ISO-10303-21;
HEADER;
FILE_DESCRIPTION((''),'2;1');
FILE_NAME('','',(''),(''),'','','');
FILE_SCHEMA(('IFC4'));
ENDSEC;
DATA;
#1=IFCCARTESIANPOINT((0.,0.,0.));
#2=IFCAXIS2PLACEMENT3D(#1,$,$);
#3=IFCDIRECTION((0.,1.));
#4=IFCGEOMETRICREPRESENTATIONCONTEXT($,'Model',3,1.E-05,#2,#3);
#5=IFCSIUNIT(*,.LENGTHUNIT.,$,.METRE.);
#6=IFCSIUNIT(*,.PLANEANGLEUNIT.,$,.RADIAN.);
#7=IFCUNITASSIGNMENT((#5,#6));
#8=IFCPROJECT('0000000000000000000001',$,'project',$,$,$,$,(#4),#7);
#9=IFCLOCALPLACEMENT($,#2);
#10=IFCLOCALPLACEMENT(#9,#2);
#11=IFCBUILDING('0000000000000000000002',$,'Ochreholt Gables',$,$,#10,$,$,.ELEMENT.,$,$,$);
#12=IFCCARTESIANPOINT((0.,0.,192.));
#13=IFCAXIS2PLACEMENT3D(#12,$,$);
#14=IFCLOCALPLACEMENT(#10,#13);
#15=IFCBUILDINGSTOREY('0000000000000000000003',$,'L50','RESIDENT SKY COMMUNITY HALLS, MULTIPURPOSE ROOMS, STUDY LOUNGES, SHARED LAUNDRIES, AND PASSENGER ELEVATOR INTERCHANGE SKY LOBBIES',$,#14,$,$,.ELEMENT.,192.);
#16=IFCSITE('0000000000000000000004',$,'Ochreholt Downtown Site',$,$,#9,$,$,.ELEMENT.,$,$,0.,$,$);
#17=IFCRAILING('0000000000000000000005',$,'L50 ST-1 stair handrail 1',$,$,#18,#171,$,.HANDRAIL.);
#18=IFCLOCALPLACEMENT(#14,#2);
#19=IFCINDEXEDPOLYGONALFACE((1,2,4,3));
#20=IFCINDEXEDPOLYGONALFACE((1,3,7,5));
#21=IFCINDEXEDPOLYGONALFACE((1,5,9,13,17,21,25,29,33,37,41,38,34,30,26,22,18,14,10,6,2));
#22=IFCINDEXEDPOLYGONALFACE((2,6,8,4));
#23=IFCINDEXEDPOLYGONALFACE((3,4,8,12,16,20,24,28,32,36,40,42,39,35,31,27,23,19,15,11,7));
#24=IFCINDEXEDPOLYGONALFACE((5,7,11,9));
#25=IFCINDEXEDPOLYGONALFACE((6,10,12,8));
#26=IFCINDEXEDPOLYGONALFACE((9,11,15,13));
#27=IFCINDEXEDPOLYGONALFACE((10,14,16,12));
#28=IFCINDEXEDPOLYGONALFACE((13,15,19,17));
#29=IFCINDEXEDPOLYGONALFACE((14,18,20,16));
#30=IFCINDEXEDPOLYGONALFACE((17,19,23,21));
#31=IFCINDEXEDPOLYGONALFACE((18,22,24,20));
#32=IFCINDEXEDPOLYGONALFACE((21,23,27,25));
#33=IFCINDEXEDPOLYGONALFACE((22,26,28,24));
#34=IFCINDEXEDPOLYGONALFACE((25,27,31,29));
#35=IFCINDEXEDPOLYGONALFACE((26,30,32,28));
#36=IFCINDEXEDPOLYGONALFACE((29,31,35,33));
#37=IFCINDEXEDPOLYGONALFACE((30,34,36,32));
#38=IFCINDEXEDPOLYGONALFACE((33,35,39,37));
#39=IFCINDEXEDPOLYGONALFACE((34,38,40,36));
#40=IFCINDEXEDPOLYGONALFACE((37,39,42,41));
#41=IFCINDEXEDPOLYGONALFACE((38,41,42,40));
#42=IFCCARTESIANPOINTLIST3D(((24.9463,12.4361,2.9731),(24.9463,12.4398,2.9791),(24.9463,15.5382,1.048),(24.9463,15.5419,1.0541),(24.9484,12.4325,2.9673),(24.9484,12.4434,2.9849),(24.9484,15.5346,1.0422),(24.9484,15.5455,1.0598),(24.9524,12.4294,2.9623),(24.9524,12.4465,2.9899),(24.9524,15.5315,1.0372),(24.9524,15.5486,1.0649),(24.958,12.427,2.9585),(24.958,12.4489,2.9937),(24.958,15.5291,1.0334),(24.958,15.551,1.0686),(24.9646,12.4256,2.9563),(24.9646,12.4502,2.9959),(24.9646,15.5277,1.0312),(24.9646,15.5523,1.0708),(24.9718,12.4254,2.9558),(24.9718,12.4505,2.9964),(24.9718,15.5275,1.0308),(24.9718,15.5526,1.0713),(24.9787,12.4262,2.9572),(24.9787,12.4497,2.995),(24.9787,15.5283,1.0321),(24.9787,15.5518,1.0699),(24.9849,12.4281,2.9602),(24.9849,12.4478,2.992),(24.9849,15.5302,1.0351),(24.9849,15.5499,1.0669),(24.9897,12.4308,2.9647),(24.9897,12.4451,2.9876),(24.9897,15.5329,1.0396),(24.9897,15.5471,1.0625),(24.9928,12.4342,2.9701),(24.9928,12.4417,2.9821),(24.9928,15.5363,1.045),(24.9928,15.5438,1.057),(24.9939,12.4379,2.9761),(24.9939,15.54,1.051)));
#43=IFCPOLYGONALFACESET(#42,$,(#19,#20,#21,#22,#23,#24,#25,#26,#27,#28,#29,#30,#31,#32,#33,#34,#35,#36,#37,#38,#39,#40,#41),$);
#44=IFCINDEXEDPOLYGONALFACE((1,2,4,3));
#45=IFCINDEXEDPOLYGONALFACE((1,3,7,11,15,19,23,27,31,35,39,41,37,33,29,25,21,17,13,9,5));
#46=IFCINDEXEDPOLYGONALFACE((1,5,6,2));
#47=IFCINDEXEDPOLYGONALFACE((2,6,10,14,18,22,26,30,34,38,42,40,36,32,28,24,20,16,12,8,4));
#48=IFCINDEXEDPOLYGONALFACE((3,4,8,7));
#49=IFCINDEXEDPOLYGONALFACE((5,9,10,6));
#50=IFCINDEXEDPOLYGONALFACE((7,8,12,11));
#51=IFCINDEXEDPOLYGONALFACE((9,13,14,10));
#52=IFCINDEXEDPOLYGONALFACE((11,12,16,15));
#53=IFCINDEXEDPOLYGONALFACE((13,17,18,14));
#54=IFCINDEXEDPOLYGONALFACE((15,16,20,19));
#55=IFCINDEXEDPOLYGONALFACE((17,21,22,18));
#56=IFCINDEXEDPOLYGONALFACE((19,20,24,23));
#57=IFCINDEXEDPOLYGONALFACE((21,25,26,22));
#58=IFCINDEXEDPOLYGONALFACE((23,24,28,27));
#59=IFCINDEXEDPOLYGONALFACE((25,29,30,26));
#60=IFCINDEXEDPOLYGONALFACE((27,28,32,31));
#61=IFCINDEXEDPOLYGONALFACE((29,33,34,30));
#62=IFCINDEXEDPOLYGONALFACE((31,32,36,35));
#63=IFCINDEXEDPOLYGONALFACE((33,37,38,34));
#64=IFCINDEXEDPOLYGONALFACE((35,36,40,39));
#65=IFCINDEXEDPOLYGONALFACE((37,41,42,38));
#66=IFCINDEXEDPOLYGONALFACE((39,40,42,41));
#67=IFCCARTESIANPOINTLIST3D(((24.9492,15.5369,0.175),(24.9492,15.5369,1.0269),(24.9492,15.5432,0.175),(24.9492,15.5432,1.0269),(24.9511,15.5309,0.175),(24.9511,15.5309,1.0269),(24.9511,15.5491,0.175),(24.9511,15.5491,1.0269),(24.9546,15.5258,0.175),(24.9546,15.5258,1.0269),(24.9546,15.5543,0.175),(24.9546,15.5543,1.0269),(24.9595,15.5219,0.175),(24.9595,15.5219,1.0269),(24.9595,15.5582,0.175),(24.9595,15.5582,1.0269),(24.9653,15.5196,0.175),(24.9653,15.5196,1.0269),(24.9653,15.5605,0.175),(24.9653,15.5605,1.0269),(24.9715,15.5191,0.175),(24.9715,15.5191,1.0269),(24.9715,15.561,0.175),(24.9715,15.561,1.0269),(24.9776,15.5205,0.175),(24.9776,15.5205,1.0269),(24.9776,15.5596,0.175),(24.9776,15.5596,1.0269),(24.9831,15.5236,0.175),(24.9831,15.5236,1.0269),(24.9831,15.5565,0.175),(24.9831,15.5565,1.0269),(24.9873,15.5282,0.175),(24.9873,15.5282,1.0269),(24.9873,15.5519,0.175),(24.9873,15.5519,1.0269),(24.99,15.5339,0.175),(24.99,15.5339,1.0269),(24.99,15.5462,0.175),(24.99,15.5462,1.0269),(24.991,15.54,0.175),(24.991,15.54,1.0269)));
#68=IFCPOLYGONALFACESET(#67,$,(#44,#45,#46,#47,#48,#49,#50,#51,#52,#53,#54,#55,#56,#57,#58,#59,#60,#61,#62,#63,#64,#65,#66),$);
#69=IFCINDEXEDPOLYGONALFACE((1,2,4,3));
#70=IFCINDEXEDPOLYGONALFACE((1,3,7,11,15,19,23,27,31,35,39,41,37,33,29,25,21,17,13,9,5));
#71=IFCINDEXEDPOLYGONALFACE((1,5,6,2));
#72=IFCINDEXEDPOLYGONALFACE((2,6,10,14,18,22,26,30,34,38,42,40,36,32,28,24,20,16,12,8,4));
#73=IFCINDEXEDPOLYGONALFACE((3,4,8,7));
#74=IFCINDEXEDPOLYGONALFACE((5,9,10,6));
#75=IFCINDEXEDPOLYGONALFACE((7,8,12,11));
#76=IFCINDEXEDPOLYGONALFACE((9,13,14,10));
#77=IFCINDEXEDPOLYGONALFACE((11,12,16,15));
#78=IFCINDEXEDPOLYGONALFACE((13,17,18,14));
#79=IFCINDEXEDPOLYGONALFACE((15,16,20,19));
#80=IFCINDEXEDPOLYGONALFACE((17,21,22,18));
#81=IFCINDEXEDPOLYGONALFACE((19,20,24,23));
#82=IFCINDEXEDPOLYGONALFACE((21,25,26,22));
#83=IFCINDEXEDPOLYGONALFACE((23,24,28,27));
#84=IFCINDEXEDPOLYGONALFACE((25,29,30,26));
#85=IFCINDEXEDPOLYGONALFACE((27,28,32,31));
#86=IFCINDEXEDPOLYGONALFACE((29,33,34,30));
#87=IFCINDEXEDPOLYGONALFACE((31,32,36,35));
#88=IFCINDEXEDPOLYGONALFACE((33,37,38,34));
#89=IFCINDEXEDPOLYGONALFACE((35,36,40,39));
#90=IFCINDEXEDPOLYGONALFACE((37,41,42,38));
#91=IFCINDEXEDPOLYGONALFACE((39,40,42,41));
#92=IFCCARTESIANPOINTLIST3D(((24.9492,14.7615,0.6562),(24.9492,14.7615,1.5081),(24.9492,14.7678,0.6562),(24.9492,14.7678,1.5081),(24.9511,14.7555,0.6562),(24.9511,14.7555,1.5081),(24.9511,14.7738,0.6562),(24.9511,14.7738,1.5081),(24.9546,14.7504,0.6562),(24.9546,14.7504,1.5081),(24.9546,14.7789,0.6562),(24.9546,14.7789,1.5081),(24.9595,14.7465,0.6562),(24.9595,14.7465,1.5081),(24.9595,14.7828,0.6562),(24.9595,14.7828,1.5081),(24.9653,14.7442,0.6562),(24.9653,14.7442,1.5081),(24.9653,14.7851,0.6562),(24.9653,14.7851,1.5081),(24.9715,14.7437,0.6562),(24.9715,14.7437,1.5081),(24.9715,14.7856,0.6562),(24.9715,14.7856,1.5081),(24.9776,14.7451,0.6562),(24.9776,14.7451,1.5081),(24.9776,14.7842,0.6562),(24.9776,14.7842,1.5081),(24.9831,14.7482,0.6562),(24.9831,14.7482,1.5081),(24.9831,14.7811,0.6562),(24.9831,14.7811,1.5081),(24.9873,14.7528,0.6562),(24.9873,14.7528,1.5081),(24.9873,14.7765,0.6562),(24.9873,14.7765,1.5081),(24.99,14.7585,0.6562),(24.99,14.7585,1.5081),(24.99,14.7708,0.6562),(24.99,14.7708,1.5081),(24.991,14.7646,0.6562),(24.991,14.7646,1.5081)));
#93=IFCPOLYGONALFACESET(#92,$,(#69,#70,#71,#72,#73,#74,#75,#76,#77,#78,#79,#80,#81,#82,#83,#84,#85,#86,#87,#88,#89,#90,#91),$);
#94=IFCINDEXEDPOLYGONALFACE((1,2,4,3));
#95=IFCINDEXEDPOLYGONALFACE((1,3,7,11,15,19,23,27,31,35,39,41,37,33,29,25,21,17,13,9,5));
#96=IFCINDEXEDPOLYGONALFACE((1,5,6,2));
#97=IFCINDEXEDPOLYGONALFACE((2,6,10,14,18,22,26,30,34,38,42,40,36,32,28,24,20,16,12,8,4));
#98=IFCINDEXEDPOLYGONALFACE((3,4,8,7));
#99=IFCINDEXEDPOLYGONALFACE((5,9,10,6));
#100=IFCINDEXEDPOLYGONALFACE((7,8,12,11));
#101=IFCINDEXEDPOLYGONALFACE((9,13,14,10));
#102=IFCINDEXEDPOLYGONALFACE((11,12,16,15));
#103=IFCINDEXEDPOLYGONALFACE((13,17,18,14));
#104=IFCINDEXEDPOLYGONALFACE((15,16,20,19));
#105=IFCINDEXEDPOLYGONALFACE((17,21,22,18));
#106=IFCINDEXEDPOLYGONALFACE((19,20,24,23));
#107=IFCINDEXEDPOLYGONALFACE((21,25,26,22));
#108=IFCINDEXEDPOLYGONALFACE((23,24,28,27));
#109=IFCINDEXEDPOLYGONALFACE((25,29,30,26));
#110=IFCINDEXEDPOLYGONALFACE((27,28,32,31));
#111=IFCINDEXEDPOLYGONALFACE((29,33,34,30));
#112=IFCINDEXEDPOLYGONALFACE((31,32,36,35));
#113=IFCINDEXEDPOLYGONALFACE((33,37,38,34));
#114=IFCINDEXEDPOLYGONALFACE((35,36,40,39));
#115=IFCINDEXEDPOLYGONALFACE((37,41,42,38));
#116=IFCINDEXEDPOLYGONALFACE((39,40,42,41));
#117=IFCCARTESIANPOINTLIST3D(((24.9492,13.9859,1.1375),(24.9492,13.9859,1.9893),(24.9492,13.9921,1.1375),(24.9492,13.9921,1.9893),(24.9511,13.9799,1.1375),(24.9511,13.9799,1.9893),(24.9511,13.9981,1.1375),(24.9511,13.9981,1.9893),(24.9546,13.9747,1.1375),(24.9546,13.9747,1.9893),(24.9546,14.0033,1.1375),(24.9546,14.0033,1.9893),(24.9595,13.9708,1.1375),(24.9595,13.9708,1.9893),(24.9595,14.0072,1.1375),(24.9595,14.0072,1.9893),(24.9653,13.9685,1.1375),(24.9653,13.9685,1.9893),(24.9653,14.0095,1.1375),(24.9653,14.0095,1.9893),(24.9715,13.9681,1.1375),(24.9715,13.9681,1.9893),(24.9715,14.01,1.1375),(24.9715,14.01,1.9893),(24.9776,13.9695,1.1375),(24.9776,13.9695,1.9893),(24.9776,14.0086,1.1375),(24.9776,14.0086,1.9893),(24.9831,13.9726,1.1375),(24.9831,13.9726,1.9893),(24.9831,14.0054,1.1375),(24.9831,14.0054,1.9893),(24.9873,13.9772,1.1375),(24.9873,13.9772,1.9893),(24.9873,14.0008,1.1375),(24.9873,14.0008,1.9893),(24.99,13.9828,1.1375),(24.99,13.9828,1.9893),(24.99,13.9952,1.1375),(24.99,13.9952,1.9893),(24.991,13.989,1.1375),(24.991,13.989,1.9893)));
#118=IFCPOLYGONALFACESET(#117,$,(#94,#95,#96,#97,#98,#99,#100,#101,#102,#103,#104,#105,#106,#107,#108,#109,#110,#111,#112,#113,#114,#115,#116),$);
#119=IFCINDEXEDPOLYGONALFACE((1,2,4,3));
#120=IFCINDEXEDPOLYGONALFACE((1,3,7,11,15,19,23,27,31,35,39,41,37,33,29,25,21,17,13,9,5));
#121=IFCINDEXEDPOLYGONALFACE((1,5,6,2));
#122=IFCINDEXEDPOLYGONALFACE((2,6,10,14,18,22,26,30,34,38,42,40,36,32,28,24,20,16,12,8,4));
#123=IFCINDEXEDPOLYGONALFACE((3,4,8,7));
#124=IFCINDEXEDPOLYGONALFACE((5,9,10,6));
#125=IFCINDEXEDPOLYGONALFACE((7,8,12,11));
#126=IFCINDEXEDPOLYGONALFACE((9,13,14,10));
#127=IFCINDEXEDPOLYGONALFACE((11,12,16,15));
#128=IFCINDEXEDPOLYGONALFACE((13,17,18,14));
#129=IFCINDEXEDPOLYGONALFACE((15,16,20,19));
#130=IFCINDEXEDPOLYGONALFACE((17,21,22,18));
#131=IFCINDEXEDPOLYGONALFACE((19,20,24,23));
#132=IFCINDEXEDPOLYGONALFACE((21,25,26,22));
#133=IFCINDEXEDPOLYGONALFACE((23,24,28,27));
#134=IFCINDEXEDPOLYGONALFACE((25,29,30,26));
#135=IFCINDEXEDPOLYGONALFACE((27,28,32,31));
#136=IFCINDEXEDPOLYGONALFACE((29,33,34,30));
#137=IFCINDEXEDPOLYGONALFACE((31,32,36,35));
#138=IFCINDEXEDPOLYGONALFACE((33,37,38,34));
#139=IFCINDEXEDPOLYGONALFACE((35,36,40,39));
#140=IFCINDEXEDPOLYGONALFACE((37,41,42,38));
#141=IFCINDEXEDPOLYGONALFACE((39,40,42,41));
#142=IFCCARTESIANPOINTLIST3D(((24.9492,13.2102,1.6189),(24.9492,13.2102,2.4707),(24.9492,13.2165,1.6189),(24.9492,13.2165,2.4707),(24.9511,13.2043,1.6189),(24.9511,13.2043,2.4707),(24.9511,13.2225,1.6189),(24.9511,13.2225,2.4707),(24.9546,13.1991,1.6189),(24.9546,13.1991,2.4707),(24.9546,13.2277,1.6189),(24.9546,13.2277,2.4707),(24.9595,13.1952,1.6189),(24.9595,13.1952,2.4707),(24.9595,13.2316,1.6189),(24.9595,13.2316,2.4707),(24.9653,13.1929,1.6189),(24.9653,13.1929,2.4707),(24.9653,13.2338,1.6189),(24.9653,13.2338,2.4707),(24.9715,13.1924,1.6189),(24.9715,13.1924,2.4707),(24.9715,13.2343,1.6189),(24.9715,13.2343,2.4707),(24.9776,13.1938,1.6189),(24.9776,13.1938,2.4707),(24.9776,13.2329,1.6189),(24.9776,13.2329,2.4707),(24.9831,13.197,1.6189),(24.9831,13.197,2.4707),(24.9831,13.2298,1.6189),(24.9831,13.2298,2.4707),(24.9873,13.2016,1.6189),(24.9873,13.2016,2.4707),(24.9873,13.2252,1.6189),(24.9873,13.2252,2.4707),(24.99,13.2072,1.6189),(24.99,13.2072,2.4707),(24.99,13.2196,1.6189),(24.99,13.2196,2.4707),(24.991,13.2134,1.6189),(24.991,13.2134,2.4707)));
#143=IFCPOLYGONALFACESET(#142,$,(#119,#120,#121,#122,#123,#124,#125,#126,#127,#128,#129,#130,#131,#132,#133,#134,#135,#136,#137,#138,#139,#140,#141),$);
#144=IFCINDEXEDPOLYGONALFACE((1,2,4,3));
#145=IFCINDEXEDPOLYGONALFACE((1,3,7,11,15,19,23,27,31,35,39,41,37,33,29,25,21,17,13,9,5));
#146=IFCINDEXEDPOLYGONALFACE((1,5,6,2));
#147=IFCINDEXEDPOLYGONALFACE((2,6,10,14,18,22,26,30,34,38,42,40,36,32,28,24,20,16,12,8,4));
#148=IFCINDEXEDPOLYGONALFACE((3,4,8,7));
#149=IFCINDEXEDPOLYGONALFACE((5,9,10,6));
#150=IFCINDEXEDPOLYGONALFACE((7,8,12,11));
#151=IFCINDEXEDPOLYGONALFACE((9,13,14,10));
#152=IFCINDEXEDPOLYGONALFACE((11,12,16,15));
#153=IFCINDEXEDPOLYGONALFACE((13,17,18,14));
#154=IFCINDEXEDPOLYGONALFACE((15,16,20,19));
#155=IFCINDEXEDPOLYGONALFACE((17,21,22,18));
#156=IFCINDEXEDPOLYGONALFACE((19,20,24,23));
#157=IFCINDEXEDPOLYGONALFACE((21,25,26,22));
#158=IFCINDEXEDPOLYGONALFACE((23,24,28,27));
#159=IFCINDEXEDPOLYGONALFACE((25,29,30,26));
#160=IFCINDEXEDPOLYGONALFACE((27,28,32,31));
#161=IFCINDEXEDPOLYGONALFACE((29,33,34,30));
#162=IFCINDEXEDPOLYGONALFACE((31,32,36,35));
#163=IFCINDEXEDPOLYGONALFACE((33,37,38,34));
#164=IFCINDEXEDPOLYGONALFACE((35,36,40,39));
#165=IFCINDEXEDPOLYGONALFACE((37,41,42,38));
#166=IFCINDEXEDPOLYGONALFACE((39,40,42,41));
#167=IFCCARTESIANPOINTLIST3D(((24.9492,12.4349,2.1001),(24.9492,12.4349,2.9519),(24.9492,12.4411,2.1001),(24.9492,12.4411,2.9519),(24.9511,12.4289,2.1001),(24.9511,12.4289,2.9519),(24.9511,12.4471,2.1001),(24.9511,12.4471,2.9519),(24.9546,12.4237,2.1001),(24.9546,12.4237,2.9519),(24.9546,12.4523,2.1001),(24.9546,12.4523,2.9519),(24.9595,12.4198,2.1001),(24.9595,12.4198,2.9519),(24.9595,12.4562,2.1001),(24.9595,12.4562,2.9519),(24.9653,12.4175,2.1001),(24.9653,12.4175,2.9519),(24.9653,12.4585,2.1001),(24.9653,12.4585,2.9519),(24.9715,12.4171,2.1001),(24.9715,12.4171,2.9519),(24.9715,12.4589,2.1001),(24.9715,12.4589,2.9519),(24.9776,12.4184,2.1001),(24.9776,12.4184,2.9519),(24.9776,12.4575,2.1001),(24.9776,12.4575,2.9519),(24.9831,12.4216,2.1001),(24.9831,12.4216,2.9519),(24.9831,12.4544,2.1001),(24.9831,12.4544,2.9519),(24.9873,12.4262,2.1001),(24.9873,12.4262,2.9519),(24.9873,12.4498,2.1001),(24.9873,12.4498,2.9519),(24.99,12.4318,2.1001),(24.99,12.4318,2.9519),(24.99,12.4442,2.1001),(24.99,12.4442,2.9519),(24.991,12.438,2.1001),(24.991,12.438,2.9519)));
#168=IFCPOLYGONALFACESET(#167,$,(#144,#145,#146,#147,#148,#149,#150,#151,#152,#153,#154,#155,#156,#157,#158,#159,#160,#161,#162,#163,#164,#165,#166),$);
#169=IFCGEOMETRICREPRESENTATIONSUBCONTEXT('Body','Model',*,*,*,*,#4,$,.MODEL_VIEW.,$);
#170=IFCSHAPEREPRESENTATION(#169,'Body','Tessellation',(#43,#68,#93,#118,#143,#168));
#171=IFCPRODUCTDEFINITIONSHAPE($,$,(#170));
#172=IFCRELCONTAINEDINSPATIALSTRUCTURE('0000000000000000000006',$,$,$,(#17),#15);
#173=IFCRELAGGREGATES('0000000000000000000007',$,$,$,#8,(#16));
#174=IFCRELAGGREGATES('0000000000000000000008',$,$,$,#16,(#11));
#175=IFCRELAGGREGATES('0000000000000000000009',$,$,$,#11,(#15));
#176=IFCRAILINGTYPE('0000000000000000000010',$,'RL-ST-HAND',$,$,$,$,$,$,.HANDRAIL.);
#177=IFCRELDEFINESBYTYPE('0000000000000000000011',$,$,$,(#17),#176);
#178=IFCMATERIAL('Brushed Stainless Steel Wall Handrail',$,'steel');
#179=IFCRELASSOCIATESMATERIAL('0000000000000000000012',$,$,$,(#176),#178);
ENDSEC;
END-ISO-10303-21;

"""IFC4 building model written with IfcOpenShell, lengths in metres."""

from ifc_helpers import new_model, si_unit, direction, frame, origin, origin_2d, place, context, subcontext, project, spatial, circle, extrude, material, type_object, element, save


model = new_model("IFC4")

# Units and contexts
model_context = context("Model", 3, precision=1e-05, world=origin(), true_north=direction((0.0, 1.0)))
body_context = subcontext(model_context, "Body", "Model", "MODEL_VIEW")
ifc_project = project(units=[si_unit("LENGTHUNIT", "METRE"), si_unit("PLANEANGLEUNIT", "RADIAN")], contexts=[model_context])

# Site, building, storey
site_placement = place(None, origin())
site = spatial("IfcSite", under=ifc_project, at=site_placement, Name="Ochreholt Downtown Site", CompositionType="ELEMENT", RefElevation=0.0)
building_placement = place(site_placement, origin())
building = spatial("IfcBuilding", under=site, at=building_placement, Name="Ochreholt Gables", CompositionType="ELEMENT")
storey_placement = place(building_placement, frame((0.0, 0.0, 192.0)))
storey = spatial("IfcBuildingStorey", under=building, at=storey_placement, Name="L50", Description="RESIDENT SKY COMMUNITY HALLS, MULTIPURPOSE ROOMS, STUDY LOUNGES, SHARED LAUNDRIES, AND PASSENGER ELEVATOR INTERCHANGE SKY LOBBIES", CompositionType="ELEMENT", Elevation=192.0)

# Railing
ifc_material_1 = material(Name="Brushed Stainless Steel Wall Handrail", Category="steel")
railing_type_1 = type_object("IfcRailingType", Name="RL-ST-HAND", PredefinedType="HANDRAIL", material=ifc_material_1)
railing_1_placement = place(storey_placement, frame((24.97, 15.54, 0.175)))
element("IfcRailing", 1, at=railing_1_placement, inside=storey, type_object=railing_type_1, Name="L50 ST-1 stair handrail 1", PredefinedType="HANDRAIL", context=body_context, shape_type="SweptSolid", body=[
    extrude(circle(Radius=0.0239, at=origin_2d()), frame((0.0, 0.0, 0.876), z_axis=(0.0, -0.849685, 0.527291), x_axis=(1.0, 0.0, 0.0)), (0.0, 0.0, 1.0), 3.6509),
    extrude(circle(Radius=0.021, at=origin_2d()), origin(), (0.0, 0.0, 1.0), 0.8518),
    extrude(circle(Radius=0.021, at=origin_2d()), frame((0.0, -0.7754, 0.4812)), (0.0, 0.0, 1.0), 0.8518),
    extrude(circle(Radius=0.021, at=origin_2d()), frame((0.0, -1.551, 0.9624)), (0.0, 0.0, 1.0), 0.8518),
    extrude(circle(Radius=0.021, at=origin_2d()), frame((0.0, -2.3267, 1.4438)), (0.0, 0.0, 1.0), 0.8518),
    extrude(circle(Radius=0.021, at=origin_2d()), frame((0.0, -3.1021, 1.925)), (0.0, 0.0, 1.0), 0.8518),
])

save(model, "model.ifc")
